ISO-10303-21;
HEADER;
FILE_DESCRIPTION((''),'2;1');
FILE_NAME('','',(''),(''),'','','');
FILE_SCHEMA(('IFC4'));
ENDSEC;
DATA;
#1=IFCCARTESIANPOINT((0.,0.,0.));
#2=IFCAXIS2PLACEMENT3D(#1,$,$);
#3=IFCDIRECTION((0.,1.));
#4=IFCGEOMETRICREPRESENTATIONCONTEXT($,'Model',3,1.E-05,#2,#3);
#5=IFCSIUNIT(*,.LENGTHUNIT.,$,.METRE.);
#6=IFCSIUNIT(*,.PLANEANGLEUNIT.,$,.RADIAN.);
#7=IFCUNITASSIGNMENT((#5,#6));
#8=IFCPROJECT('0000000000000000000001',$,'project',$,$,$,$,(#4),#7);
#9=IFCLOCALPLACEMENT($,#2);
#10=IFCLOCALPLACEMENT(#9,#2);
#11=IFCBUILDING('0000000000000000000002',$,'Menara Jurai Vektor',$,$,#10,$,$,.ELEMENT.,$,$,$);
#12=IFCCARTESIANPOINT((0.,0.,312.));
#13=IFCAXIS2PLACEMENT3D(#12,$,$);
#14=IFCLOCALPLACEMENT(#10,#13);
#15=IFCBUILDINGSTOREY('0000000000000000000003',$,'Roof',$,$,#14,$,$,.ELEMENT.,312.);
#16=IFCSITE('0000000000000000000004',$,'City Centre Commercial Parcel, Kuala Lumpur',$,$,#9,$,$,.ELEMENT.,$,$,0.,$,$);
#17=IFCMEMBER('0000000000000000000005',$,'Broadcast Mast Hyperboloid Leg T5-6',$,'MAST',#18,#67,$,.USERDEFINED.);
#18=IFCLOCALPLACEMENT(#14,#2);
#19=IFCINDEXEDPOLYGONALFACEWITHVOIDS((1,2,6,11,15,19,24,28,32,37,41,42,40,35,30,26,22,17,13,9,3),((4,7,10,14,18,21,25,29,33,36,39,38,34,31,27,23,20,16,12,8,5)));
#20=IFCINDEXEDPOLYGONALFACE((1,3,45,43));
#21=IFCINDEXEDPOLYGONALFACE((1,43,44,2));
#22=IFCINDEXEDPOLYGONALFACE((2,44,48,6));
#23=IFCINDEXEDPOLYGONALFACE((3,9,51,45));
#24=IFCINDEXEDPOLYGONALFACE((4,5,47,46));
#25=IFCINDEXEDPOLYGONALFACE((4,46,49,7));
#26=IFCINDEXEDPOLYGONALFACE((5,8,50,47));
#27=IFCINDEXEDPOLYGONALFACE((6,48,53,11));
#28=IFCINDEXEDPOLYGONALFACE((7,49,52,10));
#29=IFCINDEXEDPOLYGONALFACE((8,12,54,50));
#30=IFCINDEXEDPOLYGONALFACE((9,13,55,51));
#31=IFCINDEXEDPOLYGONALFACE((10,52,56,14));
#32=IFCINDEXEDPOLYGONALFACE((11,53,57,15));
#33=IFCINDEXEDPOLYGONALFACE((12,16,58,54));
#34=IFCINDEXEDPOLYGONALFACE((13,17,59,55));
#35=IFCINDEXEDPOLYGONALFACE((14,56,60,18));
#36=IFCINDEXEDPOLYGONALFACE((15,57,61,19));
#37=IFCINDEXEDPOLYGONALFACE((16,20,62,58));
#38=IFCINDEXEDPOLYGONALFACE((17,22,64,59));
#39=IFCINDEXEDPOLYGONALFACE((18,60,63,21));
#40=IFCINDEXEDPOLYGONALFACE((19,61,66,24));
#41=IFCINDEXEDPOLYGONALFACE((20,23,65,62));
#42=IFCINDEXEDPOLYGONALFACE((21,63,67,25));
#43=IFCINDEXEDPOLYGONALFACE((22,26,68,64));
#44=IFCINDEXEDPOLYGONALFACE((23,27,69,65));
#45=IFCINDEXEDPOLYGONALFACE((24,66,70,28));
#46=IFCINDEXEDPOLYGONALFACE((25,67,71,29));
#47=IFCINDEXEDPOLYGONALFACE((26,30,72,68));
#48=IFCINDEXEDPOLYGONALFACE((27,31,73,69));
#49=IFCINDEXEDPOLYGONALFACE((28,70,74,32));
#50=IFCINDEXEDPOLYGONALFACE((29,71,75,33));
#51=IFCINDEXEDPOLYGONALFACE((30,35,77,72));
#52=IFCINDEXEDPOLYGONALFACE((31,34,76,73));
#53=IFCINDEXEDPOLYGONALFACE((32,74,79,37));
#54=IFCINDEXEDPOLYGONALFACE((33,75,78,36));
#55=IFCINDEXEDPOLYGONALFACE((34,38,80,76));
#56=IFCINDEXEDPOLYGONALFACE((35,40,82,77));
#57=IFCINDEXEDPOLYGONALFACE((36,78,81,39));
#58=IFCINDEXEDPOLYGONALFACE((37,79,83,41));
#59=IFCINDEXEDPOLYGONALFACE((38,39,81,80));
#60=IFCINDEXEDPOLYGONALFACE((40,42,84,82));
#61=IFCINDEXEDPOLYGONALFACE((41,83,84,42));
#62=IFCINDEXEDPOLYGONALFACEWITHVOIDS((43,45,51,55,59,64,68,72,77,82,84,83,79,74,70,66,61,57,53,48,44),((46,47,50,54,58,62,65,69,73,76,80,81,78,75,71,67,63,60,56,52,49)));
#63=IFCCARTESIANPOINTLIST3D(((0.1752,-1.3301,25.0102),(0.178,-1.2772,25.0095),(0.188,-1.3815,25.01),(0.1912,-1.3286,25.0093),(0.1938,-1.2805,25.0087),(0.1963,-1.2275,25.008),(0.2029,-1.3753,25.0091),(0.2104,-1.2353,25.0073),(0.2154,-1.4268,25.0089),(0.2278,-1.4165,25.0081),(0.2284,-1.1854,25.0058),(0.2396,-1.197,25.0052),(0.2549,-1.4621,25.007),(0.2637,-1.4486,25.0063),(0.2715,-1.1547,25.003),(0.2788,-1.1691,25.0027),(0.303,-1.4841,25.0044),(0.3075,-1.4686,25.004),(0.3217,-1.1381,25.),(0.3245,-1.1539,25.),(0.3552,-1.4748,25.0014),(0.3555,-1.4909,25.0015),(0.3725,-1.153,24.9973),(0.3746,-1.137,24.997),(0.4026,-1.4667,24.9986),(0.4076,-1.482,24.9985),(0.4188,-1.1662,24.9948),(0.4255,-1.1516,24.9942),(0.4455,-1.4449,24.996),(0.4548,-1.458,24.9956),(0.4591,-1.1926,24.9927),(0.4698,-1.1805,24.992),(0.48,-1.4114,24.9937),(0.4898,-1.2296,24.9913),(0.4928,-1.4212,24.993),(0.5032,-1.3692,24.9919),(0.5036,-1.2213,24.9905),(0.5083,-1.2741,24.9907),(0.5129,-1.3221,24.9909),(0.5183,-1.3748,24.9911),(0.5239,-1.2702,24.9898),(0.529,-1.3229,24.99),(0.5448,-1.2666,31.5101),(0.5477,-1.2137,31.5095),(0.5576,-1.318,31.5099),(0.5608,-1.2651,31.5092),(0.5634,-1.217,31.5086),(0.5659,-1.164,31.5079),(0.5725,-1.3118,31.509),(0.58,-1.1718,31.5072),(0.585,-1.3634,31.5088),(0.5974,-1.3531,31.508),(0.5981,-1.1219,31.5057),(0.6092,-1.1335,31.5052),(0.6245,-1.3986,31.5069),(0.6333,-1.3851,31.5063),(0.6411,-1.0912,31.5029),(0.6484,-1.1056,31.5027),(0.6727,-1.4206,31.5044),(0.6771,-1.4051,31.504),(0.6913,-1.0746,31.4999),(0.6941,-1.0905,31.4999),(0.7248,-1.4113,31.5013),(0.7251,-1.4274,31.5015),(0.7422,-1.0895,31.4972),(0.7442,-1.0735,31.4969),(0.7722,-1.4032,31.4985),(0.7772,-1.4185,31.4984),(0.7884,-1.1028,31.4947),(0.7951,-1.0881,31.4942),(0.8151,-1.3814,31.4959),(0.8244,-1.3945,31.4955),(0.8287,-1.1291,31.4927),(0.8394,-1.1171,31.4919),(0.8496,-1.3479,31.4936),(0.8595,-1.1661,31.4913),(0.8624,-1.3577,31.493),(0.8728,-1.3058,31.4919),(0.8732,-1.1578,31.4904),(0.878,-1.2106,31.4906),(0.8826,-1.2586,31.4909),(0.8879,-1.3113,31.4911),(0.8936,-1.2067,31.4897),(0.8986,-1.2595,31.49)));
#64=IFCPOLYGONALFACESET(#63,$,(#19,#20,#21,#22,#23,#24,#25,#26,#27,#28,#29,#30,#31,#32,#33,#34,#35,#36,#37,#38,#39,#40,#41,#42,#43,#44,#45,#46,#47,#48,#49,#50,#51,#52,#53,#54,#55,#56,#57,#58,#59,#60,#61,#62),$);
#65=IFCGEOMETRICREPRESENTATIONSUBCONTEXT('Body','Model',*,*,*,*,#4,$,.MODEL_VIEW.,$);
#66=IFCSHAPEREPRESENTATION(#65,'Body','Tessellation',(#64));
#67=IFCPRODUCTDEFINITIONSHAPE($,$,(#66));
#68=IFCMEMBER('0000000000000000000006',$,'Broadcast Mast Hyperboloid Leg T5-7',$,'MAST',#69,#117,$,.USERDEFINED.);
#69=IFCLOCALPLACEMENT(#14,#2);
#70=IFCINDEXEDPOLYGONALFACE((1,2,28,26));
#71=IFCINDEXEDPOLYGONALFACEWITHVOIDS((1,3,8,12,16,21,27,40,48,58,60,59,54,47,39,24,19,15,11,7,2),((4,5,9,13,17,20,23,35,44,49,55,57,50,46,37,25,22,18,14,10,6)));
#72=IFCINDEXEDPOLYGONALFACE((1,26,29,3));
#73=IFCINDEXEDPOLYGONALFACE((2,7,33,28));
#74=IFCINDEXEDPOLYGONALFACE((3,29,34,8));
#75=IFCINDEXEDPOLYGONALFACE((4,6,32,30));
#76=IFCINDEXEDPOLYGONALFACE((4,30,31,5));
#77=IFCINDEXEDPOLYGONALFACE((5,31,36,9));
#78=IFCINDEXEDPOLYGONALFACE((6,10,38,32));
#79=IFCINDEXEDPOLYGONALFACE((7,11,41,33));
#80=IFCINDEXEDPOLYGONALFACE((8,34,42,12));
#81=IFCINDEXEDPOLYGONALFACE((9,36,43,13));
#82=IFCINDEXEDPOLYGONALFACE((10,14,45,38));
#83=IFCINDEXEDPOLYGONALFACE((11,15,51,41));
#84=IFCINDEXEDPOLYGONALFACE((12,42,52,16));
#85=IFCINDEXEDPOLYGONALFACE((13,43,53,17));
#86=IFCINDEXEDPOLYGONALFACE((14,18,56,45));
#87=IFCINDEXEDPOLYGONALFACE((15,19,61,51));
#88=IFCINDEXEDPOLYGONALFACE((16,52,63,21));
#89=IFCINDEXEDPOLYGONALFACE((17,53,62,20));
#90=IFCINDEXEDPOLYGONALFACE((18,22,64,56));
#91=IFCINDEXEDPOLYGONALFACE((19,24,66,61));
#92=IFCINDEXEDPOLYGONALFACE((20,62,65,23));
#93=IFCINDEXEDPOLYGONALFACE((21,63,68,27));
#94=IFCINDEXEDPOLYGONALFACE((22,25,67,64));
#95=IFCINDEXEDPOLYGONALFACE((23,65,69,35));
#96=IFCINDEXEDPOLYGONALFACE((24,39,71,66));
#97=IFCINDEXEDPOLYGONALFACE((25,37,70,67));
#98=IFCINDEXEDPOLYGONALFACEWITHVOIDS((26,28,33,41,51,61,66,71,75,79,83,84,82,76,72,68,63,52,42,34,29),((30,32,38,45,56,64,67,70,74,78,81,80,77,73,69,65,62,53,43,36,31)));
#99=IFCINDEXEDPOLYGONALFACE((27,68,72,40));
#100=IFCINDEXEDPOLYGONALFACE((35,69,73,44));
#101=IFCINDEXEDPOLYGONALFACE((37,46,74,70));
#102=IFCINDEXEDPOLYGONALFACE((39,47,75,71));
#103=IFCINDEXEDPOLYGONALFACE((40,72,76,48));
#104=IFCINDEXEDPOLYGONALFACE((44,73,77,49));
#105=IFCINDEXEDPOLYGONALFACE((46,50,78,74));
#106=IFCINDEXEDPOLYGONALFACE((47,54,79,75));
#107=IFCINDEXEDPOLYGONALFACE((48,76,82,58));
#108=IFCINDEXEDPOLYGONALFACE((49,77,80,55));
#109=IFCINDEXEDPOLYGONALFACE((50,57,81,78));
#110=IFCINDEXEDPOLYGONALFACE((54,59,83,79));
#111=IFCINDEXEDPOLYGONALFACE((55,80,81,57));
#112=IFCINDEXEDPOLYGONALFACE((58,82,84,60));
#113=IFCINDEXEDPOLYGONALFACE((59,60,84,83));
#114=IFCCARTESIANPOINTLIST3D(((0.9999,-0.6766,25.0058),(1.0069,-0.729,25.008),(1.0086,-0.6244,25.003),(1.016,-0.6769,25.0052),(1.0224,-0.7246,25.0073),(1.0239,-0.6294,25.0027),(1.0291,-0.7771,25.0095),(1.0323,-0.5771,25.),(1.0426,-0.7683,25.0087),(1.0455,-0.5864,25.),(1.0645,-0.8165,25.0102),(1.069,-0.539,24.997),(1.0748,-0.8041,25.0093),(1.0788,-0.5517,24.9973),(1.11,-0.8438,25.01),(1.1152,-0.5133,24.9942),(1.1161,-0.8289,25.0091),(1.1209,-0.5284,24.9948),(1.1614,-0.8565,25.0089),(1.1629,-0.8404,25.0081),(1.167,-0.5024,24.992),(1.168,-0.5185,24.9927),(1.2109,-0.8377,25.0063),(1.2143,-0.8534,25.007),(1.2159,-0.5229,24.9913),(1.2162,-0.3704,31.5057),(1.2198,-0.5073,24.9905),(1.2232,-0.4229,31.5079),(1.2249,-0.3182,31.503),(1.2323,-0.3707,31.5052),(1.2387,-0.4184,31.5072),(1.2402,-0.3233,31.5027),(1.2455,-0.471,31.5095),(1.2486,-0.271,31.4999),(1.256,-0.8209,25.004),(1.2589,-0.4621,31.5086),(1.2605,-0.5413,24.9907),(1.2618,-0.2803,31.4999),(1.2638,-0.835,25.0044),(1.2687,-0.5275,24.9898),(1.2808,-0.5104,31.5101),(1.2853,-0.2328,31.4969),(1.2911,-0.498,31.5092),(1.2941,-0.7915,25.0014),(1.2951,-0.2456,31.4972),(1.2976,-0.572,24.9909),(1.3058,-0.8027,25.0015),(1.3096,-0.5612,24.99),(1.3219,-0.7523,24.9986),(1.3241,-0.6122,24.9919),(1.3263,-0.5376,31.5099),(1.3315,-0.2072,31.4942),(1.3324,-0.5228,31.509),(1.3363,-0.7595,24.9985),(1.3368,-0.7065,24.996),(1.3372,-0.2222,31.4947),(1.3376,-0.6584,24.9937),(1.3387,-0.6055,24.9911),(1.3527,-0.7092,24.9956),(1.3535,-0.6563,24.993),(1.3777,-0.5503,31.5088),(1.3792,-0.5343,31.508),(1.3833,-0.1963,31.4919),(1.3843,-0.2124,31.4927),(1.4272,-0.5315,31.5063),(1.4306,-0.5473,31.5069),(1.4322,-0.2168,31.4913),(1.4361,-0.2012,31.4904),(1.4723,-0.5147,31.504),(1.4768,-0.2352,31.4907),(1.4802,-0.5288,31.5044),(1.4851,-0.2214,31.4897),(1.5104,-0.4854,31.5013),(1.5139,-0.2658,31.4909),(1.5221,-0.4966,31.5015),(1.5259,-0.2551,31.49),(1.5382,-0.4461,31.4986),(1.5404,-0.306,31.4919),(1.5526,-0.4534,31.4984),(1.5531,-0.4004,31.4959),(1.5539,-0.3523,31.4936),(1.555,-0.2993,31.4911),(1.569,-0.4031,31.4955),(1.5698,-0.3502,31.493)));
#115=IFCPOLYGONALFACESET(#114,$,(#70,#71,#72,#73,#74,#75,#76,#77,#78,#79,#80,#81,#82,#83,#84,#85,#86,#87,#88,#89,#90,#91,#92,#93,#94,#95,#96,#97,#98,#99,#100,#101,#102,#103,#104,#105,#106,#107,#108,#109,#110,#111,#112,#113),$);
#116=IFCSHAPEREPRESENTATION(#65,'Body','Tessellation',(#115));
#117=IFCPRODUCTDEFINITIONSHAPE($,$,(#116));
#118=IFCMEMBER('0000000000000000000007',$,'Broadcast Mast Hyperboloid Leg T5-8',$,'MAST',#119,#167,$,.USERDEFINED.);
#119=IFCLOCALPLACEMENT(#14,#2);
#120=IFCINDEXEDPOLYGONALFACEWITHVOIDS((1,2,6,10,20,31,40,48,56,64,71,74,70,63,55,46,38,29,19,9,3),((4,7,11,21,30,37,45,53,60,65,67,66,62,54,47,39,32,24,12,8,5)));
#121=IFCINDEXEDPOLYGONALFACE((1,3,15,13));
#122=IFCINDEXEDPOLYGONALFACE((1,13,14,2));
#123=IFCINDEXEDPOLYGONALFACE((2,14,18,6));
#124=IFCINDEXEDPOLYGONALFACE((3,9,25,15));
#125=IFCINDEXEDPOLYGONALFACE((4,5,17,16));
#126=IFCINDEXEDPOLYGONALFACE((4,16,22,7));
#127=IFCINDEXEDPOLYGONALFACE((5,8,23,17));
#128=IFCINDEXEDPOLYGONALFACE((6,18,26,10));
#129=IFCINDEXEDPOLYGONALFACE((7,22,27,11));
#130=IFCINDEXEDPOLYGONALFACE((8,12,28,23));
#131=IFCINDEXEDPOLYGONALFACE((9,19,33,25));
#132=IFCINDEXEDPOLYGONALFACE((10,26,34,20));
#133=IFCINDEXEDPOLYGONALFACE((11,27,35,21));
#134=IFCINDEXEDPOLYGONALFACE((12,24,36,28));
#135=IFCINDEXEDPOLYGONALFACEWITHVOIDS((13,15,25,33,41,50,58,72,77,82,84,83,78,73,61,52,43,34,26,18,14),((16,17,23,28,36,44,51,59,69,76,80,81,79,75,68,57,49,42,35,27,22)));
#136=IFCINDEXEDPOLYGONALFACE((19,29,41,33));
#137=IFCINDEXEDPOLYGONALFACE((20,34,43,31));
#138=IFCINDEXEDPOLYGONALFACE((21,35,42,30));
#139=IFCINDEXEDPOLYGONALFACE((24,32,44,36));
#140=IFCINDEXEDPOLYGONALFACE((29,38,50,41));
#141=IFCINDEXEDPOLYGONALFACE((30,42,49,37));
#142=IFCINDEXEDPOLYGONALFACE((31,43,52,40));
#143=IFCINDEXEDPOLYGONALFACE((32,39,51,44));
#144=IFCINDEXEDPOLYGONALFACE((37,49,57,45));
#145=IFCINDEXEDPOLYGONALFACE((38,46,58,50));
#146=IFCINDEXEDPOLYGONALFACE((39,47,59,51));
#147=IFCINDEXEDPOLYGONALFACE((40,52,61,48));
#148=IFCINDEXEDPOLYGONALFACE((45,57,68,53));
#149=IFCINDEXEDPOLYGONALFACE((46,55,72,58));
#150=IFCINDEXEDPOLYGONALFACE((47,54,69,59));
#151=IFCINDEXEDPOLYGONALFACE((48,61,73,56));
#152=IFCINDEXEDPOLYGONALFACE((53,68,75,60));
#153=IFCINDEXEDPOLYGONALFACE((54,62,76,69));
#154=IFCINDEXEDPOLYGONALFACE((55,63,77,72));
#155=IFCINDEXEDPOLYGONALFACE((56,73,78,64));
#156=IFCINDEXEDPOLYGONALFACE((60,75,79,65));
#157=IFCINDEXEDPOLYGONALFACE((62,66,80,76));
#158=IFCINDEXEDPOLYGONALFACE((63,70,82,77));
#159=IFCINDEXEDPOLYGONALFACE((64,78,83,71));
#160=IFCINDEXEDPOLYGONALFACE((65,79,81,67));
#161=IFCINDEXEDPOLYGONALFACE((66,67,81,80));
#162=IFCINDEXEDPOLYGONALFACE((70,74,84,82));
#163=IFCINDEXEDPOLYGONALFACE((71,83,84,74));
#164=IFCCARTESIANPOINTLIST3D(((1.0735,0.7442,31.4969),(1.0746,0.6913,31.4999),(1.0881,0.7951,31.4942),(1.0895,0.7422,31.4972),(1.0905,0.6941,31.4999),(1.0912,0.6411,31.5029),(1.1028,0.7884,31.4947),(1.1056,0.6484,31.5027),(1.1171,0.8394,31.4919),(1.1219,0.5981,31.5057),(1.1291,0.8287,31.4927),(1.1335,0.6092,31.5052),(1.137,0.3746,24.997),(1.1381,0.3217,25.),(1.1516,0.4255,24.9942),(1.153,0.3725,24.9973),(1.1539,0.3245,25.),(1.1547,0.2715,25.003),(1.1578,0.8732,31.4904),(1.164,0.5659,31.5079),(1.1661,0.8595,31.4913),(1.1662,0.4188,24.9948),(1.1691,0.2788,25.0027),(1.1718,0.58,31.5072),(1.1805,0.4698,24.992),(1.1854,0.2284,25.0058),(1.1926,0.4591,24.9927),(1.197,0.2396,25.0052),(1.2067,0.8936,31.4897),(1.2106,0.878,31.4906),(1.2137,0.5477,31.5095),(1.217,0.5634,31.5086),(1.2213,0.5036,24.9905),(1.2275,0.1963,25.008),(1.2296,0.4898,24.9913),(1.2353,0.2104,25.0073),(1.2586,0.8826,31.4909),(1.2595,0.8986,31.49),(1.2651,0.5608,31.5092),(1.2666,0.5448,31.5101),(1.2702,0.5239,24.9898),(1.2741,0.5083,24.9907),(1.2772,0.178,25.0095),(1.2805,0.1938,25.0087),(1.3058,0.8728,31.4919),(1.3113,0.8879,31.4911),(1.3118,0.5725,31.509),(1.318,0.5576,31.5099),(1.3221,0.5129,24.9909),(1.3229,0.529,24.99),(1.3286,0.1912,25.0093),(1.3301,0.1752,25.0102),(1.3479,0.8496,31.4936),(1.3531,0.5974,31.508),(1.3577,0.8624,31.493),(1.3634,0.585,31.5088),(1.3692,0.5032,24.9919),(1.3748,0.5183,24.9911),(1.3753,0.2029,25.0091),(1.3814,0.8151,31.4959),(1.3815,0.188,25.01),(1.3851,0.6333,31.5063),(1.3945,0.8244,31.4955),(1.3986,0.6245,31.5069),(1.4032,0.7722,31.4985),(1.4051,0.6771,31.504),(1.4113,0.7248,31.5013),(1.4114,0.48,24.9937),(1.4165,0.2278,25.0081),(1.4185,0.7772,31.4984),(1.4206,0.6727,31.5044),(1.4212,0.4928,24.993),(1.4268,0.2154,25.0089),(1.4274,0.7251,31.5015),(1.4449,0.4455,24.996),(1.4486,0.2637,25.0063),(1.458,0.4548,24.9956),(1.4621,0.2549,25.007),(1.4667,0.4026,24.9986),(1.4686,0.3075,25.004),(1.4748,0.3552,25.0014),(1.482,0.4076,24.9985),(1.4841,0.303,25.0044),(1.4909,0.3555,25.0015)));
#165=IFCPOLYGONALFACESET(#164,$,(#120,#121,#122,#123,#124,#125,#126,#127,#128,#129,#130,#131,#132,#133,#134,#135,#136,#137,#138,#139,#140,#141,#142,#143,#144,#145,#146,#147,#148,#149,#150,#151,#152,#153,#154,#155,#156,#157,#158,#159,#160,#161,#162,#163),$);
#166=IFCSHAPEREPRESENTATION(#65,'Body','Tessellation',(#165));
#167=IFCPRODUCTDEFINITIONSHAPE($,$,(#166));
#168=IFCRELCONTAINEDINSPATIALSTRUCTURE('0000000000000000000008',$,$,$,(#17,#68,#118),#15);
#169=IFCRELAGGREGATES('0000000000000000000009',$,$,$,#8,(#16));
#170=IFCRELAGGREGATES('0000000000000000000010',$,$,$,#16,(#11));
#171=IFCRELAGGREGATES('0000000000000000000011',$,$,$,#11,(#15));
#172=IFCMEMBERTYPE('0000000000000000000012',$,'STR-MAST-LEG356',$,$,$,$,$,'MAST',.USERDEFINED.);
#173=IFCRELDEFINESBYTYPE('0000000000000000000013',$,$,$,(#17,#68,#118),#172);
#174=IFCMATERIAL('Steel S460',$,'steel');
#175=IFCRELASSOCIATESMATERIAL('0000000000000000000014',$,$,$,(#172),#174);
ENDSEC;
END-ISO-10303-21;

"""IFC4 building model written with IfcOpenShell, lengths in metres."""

from ifc_helpers import new_model, si_unit, direction, frame, origin, origin_2d, place, context, subcontext, project, spatial, hollow_circle, extrude, material, material_profile, profile_set, type_object, element, save


model = new_model("IFC4")

# Units and contexts
model_context = context("Model", 3, precision=1e-05, world=origin(), true_north=direction((0.0, 1.0)))
body_context = subcontext(model_context, "Body", "Model", "MODEL_VIEW")
ifc_project = project(units=[si_unit("LENGTHUNIT", "METRE"), si_unit("PLANEANGLEUNIT", "RADIAN")], contexts=[model_context])

# Site, building, storey
site_placement = place(None, origin())
site = spatial("IfcSite", under=ifc_project, at=site_placement, Name="City Centre Commercial Parcel, Kuala Lumpur", CompositionType="ELEMENT", RefElevation=0.0)
building_placement = place(site_placement, origin())
building = spatial("IfcBuilding", under=site, at=building_placement, Name="Menara Jurai Vektor", CompositionType="ELEMENT")
storey_placement = place(building_placement, frame((0.0, 0.0, 312.0)))
storey = spatial("IfcBuildingStorey", under=building, at=storey_placement, Name="Roof", CompositionType="ELEMENT", Elevation=312.0)

# Members
ifc_material = material(Name="Steel S460", Category="steel")
ifc_material_profile_1 = material_profile(ifc_material, hollow_circle(Radius=0.1777, WallThickness=0.0161, at=origin_2d()), Name="CHS 355.6x16")
ifc_profile_set_1 = profile_set([ifc_material_profile_1], Name="Steel S460")
member_type_1 = type_object("IfcMemberType", Name="STR-MAST-LEG356", ElementType="MAST", PredefinedType="USERDEFINED", material=ifc_profile_set_1)
for number, where, z_axis, x_axis, name in (
    (1, (0.3518, -1.3132, 25.0), (0.056772, 0.009749, 0.99834), (-0.169253, 0.985573, 0.0), "Broadcast Mast Hyperboloid Leg T5-6"),
    (2, (1.1775, -0.6797, 25.0), (0.033223, 0.047022, 0.998341), (-0.816715, 0.577041, 0.0), "Broadcast Mast Hyperboloid Leg T5-7"),
    (3, (1.3132, 0.3518, 25.0), (-0.009749, 0.056772, 0.99834), (-0.985573, -0.169253, 0.0), "Broadcast Mast Hyperboloid Leg T5-8"),
):
    element("IfcMember", number, at=place(storey_placement, frame(where, z_axis=z_axis, x_axis=x_axis)), inside=storey, type_object=member_type_1, Name=name, ObjectType="MAST", PredefinedType="USERDEFINED", context=body_context, shape_type="SweptSolid", body=[
        extrude(hollow_circle(Radius=0.1777, WallThickness=0.0161, at=origin_2d()), origin(), (0.0, 0.0, 1.0), 6.5107),
    ])

save(model, "model.ifc")
